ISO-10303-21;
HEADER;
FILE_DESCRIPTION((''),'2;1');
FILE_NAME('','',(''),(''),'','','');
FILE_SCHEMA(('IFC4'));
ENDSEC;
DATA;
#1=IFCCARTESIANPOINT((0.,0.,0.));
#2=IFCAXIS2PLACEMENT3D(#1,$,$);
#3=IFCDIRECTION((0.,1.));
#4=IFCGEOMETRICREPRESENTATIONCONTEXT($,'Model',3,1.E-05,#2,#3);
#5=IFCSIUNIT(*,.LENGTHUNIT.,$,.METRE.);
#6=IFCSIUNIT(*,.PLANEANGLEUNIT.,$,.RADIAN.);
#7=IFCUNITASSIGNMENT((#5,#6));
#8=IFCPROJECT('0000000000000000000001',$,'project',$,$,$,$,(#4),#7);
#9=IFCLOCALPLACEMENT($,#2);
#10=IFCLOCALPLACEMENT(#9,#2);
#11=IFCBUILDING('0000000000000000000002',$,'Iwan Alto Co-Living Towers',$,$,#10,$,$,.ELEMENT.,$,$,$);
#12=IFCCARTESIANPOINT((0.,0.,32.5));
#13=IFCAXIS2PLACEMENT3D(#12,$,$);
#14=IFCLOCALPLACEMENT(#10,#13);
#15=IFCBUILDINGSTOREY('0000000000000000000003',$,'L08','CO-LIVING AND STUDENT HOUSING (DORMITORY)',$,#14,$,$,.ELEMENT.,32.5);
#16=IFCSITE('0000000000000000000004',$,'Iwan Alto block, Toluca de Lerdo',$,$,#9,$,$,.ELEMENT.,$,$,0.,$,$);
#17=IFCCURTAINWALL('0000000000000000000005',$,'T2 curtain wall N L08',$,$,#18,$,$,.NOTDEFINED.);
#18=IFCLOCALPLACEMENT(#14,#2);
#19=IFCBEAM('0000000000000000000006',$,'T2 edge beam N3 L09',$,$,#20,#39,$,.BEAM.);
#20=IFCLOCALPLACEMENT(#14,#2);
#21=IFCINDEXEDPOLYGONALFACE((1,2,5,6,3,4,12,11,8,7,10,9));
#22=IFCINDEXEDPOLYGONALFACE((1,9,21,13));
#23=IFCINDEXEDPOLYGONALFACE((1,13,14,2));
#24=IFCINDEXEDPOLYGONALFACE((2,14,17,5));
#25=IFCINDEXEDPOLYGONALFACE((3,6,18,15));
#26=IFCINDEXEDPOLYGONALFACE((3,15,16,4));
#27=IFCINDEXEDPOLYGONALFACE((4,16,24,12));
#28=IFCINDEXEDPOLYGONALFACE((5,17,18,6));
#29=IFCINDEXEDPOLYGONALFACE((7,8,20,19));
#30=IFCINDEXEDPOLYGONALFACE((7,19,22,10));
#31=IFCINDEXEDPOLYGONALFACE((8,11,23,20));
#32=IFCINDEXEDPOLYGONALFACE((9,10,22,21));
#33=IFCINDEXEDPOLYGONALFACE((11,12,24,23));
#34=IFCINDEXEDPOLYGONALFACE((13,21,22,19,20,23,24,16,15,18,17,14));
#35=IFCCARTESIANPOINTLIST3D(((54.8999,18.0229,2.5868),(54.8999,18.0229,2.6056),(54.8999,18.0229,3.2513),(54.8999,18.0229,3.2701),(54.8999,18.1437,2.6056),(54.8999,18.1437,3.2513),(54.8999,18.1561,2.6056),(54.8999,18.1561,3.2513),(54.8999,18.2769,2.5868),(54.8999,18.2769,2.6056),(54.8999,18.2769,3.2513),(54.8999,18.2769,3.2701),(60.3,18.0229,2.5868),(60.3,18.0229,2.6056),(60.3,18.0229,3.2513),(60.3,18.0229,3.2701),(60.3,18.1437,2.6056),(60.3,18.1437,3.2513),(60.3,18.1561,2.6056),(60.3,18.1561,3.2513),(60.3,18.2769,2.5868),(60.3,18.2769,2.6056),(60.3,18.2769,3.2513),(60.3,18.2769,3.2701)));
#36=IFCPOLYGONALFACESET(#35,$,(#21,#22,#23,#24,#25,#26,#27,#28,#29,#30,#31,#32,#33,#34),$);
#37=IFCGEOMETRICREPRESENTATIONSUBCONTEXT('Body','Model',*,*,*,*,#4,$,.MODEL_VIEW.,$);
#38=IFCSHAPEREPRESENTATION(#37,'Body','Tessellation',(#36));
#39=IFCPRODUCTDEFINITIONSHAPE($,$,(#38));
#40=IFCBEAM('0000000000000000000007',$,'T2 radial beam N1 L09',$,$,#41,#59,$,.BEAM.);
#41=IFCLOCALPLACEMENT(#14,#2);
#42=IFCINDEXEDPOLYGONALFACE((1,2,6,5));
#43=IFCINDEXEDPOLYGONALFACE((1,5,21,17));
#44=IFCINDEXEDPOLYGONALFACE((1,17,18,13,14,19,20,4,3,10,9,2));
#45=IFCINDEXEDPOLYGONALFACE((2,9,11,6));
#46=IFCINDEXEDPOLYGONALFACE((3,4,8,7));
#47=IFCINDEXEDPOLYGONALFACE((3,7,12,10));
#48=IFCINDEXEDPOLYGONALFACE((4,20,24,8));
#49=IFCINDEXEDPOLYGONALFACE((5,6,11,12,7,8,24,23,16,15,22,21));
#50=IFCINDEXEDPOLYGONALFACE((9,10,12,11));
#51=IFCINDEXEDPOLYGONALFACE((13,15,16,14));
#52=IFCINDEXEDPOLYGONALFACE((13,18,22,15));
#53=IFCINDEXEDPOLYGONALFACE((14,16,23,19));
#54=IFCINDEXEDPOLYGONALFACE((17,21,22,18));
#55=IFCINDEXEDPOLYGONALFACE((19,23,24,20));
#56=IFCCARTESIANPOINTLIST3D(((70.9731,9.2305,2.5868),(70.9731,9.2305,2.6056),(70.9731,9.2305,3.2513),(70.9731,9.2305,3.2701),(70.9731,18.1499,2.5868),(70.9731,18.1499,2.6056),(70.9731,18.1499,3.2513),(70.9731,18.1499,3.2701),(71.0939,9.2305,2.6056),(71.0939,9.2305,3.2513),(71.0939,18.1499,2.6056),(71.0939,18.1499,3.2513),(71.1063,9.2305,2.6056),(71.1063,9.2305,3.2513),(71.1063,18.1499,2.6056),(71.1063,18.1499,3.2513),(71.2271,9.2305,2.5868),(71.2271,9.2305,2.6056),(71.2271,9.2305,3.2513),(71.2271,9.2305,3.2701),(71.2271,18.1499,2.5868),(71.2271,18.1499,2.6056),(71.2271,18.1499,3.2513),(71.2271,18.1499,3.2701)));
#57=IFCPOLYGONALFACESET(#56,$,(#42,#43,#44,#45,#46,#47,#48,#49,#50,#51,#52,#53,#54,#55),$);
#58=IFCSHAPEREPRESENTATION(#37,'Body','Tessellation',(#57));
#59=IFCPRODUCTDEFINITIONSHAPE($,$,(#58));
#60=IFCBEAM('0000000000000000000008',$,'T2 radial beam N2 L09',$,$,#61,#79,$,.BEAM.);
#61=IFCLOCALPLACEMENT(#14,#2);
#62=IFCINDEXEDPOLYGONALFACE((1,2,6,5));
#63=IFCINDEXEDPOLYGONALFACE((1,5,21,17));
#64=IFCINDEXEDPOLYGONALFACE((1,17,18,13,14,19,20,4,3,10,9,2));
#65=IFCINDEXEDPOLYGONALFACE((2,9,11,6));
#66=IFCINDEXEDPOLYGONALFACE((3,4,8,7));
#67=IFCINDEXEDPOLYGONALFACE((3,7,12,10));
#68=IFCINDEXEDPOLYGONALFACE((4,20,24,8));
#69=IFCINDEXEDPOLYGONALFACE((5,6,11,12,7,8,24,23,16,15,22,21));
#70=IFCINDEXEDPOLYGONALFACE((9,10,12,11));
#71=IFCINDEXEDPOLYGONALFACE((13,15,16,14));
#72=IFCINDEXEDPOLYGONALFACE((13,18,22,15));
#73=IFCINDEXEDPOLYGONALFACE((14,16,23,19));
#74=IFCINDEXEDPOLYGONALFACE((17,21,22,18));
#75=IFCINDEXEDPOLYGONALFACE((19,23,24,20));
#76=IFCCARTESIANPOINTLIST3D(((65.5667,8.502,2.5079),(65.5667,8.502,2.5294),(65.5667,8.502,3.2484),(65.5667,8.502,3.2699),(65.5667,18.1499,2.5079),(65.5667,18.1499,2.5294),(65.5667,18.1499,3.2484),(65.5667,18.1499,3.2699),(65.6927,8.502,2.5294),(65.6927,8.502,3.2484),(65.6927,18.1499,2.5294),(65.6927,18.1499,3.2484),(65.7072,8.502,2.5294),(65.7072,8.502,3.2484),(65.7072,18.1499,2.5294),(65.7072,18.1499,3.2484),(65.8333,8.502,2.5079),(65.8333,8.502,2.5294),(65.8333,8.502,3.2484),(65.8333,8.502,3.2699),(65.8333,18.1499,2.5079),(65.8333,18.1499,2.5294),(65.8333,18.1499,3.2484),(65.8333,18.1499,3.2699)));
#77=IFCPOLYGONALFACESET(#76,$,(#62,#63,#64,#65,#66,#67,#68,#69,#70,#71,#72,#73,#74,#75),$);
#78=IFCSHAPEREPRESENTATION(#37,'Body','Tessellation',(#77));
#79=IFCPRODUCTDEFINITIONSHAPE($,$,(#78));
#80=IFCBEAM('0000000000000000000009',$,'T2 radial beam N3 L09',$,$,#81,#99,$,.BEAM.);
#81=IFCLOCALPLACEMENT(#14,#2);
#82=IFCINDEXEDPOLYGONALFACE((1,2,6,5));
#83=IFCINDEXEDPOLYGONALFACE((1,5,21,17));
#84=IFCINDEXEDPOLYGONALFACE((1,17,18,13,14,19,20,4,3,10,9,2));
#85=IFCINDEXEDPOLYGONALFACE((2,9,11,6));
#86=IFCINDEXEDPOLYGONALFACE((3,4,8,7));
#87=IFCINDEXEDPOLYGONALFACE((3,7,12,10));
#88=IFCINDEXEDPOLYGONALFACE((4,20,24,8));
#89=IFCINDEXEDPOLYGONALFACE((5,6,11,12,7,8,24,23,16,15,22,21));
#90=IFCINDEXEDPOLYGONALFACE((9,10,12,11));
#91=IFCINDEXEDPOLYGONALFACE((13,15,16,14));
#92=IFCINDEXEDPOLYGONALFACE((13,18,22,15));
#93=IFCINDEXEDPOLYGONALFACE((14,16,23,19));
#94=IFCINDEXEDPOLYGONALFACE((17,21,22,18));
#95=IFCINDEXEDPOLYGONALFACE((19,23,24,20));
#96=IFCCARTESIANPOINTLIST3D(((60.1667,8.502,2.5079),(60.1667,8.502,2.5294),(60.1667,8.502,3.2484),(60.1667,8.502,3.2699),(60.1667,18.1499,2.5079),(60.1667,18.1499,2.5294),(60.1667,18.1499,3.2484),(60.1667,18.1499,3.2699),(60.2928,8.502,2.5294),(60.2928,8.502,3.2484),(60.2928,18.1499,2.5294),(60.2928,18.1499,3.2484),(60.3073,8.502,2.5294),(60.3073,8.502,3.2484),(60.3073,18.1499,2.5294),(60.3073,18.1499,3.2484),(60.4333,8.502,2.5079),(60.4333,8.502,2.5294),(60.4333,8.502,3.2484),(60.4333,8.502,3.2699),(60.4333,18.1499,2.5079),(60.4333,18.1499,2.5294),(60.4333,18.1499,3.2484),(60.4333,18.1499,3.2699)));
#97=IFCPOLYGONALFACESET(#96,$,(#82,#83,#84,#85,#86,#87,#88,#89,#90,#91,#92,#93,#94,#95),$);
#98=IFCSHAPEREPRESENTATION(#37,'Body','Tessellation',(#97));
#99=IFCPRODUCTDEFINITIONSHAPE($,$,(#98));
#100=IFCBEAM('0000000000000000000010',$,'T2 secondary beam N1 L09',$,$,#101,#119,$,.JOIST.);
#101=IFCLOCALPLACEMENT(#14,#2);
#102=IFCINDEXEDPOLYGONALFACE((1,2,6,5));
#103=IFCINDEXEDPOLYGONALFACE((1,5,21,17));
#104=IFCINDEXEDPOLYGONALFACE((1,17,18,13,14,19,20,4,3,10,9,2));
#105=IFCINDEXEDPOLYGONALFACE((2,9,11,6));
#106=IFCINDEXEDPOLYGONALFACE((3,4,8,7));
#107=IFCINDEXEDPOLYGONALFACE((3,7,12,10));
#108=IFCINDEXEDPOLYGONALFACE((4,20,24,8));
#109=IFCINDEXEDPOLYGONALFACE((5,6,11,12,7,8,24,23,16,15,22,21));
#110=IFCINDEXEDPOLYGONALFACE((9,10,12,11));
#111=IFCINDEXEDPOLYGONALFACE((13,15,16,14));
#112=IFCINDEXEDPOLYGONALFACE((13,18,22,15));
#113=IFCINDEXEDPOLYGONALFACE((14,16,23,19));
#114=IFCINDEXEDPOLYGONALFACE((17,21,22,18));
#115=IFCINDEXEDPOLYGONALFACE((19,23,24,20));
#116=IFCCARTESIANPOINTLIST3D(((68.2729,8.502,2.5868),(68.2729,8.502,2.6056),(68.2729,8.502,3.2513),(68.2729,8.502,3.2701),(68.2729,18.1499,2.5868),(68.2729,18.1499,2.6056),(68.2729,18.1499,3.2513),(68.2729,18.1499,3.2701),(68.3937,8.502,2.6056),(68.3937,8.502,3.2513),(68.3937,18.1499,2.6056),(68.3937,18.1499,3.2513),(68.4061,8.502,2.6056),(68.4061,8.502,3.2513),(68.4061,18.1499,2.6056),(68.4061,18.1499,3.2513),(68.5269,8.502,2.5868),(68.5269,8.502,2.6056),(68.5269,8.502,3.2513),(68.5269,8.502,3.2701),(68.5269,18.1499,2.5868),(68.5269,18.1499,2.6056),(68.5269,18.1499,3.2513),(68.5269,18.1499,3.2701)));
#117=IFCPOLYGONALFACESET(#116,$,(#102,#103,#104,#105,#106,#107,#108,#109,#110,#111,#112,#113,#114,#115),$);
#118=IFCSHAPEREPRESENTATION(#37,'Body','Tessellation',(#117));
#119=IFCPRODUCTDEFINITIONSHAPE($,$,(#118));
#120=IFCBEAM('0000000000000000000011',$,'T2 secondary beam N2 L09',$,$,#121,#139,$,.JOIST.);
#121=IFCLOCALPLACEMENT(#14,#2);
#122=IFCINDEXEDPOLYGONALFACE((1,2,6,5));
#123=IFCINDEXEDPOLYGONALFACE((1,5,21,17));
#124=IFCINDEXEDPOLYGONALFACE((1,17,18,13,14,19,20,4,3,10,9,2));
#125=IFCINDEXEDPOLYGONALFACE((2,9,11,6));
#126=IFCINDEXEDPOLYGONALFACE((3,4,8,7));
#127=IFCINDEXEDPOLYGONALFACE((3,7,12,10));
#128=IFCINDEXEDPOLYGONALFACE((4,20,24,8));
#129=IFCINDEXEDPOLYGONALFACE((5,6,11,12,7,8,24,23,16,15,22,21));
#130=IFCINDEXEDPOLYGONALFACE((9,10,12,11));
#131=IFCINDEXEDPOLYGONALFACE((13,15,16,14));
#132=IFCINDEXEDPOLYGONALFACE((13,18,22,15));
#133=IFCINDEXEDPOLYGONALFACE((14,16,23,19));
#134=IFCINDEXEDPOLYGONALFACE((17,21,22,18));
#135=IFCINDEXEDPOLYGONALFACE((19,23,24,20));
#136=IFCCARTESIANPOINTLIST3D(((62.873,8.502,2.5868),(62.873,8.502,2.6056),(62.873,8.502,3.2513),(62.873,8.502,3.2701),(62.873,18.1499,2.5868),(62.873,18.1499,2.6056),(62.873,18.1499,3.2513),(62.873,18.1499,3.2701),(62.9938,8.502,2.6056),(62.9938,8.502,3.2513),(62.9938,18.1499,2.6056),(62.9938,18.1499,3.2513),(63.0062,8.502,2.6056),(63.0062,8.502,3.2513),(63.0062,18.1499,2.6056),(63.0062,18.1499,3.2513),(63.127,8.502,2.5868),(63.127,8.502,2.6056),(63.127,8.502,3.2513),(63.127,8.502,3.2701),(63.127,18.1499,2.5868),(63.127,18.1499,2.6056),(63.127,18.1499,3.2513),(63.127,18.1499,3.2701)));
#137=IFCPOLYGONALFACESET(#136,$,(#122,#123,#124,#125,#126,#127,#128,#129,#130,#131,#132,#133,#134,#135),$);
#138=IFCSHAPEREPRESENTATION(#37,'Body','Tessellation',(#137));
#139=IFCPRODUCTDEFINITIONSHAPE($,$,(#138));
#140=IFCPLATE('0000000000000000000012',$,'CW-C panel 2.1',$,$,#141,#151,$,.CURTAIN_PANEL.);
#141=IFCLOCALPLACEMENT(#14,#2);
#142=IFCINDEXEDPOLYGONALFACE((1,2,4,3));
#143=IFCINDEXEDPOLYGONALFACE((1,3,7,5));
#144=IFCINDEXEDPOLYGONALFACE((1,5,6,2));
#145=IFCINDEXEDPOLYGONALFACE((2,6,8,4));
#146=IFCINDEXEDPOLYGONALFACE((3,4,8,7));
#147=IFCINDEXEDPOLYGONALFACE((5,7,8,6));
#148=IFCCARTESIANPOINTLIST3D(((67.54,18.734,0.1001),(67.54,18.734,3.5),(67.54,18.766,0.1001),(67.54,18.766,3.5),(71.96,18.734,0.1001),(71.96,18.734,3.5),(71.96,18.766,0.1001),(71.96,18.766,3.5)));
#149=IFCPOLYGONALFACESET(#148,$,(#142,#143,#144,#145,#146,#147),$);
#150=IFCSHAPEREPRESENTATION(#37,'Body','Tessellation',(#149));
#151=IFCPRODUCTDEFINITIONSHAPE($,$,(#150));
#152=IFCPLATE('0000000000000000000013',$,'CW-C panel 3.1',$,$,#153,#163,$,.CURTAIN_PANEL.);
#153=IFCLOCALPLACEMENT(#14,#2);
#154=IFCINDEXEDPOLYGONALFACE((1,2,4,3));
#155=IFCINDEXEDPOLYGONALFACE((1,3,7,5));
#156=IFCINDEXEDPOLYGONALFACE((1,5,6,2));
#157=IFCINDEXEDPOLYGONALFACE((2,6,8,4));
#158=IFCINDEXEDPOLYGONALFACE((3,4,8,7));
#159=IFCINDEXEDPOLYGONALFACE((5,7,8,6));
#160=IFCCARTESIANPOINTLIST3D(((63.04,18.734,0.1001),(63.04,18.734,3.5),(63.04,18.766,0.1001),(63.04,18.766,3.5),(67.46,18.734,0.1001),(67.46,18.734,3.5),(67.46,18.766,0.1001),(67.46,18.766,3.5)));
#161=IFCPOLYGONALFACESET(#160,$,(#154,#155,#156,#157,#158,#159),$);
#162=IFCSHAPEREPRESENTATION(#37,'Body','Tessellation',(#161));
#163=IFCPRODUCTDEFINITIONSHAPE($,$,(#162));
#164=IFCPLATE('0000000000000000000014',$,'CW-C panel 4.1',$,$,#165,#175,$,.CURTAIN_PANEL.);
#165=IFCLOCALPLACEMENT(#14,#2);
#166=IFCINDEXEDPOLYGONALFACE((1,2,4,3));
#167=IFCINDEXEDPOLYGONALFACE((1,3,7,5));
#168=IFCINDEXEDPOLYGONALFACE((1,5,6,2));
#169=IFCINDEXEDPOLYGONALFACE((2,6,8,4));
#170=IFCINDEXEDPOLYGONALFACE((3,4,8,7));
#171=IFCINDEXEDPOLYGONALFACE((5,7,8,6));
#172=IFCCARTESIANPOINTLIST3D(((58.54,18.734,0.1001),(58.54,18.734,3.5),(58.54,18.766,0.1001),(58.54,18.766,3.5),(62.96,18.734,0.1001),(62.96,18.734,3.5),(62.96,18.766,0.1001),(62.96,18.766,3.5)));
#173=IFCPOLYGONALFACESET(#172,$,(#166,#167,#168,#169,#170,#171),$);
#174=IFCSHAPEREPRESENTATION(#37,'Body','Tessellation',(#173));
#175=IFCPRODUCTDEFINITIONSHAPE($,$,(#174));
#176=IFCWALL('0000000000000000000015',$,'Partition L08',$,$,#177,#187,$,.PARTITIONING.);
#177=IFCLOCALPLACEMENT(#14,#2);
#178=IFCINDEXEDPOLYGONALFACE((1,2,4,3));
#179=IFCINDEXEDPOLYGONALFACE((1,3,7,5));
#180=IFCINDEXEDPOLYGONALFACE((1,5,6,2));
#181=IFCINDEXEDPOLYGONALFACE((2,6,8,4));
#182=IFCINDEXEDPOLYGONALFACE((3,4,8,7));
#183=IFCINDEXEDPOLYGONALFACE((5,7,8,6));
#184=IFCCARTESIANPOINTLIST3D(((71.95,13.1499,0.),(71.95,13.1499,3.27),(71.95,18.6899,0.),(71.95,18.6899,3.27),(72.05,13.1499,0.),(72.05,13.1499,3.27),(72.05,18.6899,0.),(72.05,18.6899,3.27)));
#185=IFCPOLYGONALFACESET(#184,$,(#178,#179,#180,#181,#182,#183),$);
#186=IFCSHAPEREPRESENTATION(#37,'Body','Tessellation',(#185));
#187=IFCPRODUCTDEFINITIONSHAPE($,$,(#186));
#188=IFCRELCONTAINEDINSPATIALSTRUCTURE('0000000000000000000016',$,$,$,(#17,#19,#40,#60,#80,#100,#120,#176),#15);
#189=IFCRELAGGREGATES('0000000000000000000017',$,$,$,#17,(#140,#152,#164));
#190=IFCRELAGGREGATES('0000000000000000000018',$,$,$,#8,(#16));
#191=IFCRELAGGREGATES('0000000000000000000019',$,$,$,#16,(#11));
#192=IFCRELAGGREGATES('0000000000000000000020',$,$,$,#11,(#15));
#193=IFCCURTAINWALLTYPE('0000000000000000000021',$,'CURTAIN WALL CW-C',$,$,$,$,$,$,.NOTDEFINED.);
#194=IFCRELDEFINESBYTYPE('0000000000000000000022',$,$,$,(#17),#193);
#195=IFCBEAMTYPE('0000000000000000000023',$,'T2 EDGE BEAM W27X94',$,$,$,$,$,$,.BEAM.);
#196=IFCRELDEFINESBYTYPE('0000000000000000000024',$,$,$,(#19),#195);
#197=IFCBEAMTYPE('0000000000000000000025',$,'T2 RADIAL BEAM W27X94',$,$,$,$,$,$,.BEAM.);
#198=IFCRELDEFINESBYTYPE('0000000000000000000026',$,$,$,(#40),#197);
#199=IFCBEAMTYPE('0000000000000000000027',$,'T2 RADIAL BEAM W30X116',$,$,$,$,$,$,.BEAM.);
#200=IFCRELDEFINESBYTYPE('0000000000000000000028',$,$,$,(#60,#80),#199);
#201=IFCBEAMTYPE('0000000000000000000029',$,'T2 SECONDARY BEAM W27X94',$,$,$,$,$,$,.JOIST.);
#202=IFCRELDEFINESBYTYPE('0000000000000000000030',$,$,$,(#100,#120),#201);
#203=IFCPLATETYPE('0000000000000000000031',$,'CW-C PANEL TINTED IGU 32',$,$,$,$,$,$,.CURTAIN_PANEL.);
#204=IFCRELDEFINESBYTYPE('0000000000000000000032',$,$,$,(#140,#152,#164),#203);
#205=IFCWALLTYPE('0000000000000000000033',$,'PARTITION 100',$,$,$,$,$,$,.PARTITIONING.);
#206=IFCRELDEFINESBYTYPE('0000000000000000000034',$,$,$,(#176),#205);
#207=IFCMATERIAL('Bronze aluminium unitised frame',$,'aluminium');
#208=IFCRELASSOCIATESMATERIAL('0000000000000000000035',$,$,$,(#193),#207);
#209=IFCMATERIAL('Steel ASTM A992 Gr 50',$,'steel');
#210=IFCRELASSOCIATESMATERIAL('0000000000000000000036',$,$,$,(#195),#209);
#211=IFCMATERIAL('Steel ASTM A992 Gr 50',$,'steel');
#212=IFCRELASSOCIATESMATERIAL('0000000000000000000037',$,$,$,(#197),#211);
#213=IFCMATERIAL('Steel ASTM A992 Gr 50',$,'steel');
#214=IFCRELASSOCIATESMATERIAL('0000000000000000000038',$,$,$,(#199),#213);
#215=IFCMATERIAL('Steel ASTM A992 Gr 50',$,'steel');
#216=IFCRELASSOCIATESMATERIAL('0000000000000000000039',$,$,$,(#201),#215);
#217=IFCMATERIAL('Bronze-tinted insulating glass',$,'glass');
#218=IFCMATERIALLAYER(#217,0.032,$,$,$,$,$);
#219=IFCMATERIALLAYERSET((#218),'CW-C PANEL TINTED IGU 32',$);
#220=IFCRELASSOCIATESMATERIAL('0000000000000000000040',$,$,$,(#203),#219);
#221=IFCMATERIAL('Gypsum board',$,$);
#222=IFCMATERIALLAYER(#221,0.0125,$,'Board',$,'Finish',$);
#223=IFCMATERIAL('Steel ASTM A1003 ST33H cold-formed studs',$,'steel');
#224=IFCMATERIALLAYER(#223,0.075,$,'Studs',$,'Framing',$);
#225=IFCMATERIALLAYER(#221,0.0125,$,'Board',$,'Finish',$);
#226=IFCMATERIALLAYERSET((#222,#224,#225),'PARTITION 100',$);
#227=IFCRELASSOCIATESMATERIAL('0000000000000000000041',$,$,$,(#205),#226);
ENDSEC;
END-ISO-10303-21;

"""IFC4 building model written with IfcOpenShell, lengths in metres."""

from ifc_helpers import new_model, si_unit, direction, frame, frame_2d, origin, origin_2d, place, context, subcontext, project, spatial, rectangle, i_section, extrude, material, layer, layer_set, material_profile, profile_set, type_object, element, aggregate, save


model = new_model("IFC4")

# Units and contexts
model_context = context("Model", 3, precision=1e-05, world=origin(), true_north=direction((0.0, 1.0)))
body_context = subcontext(model_context, "Body", "Model", "MODEL_VIEW")
ifc_project = project(units=[si_unit("LENGTHUNIT", "METRE"), si_unit("PLANEANGLEUNIT", "RADIAN")], contexts=[model_context])

# Site, building, storey
site_placement = place(None, origin())
site = spatial("IfcSite", under=ifc_project, at=site_placement, Name="Iwan Alto block, Toluca de Lerdo", CompositionType="ELEMENT", RefElevation=0.0)
building_placement = place(site_placement, origin())
building = spatial("IfcBuilding", under=site, at=building_placement, Name="Iwan Alto Co-Living Towers", CompositionType="ELEMENT")
storey_placement = place(building_placement, frame((0.0, 0.0, 32.5)))
storey = spatial("IfcBuildingStorey", under=building, at=storey_placement, Name="L08", Description="CO-LIVING AND STUDENT HOUSING (DORMITORY)", CompositionType="ELEMENT", Elevation=32.5)

# Curtain wall
ifc_material_1 = material(Name="Bronze aluminium unitised frame", Category="aluminium")
curtain_wall_type = type_object("IfcCurtainWallType", Name="CURTAIN WALL CW-C", PredefinedType="NOTDEFINED", material=ifc_material_1)
curtain_wall_placement = place(storey_placement, origin())
curtain_wall = element("IfcCurtainWall", 1, at=curtain_wall_placement, inside=storey, type_object=curtain_wall_type, Name="T2 curtain wall N L08", PredefinedType="NOTDEFINED")

# Beams
ifc_material_2 = material(Name="Steel ASTM A992 Gr 50", Category="steel")
ifc_material_profile_1 = material_profile(ifc_material_2, i_section(OverallWidth=0.2539, OverallDepth=0.6833, WebThickness=0.0125, FlangeThickness=0.0188, at=origin_2d()), Name="W27X94")
ifc_profile_set_1 = profile_set([ifc_material_profile_1], Name="Steel ASTM A992 Gr 50")
beam_type_1 = type_object("IfcBeamType", Name="T2 EDGE BEAM W27X94", PredefinedType="BEAM", material=ifc_profile_set_1)
beam_1_placement = place(storey_placement, frame((60.3, 18.1499, 2.9285), z_axis=(-1.0, 0.0, 0.0), x_axis=(0.0, -1.0, 0.0)))
element("IfcBeam", 2, at=beam_1_placement, inside=storey, type_object=beam_type_1, Name="T2 edge beam N3 L09", PredefinedType="BEAM", context=body_context, shape_type="SweptSolid", body=[
    extrude(i_section(OverallWidth=0.2539, OverallDepth=0.6833, WebThickness=0.0125, FlangeThickness=0.0188, at=origin_2d()), origin(), (0.0, 0.0, 1.0), 5.4001),
])
ifc_material_3 = material(Name="Steel ASTM A992 Gr 50", Category="steel")
ifc_material_profile_2 = material_profile(ifc_material_3, i_section(OverallWidth=0.2539, OverallDepth=0.6833, WebThickness=0.0125, FlangeThickness=0.0188, at=origin_2d()), Name="W27X94")
ifc_profile_set_2 = profile_set([ifc_material_profile_2], Name="Steel ASTM A992 Gr 50")
beam_type_2 = type_object("IfcBeamType", Name="T2 RADIAL BEAM W27X94", PredefinedType="BEAM", material=ifc_profile_set_2)
beam_2_placement = place(storey_placement, frame((71.1001, 18.1499, 2.9285), z_axis=(0.0, -1.0, 0.0), x_axis=(1.0, 0.0, 0.0)))
element("IfcBeam", 3, at=beam_2_placement, inside=storey, type_object=beam_type_2, Name="T2 radial beam N1 L09", PredefinedType="BEAM", context=body_context, shape_type="SweptSolid", body=[
    extrude(i_section(OverallWidth=0.2539, OverallDepth=0.6833, WebThickness=0.0125, FlangeThickness=0.0188, at=origin_2d()), origin(), (0.0, 0.0, 1.0), 8.9194),
])
ifc_material_4 = material(Name="Steel ASTM A992 Gr 50", Category="steel")
ifc_material_profile_3 = material_profile(ifc_material_4, i_section(OverallWidth=0.2666, OverallDepth=0.762, WebThickness=0.0144, FlangeThickness=0.0215, at=origin_2d()), Name="W30X116")
ifc_profile_set_3 = profile_set([ifc_material_profile_3], Name="Steel ASTM A992 Gr 50")
beam_type_3 = type_object("IfcBeamType", Name="T2 RADIAL BEAM W30X116", PredefinedType="BEAM", material=ifc_profile_set_3)
for number, where, z_axis, x_axis, name in (
    (4, (65.7, 18.1499, 2.8889), (0.0, -1.0, 0.0), (1.0, 0.0, 0.0), "T2 radial beam N2 L09"),
    (5, (60.3, 18.1499, 2.8889), (0.0, -1.0, 0.0), (1.0, 0.0, 0.0), "T2 radial beam N3 L09"),
):
    element("IfcBeam", number, at=place(storey_placement, frame(where, z_axis=z_axis, x_axis=x_axis)), inside=storey, type_object=beam_type_3, Name=name, PredefinedType="BEAM", context=body_context, shape_type="SweptSolid", body=[
        extrude(i_section(OverallWidth=0.2666, OverallDepth=0.762, WebThickness=0.0144, FlangeThickness=0.0215, at=origin_2d()), origin(), (0.0, 0.0, 1.0), 9.6479),
    ])
ifc_material_5 = material(Name="Steel ASTM A992 Gr 50", Category="steel")
ifc_material_profile_4 = material_profile(ifc_material_5, i_section(OverallWidth=0.2539, OverallDepth=0.6833, WebThickness=0.0125, FlangeThickness=0.0188, at=origin_2d()), Name="W27X94")
ifc_profile_set_4 = profile_set([ifc_material_profile_4], Name="Steel ASTM A992 Gr 50")
beam_type_4 = type_object("IfcBeamType", Name="T2 SECONDARY BEAM W27X94", PredefinedType="JOIST", material=ifc_profile_set_4)
for number, where, z_axis, x_axis, name in (
    (6, (68.3999, 18.1499, 2.9285), (0.0, -1.0, 0.0), (1.0, 0.0, 0.0), "T2 secondary beam N1 L09"),
    (7, (63.0, 18.1499, 2.9285), (0.0, -1.0, 0.0), (1.0, 0.0, 0.0), "T2 secondary beam N2 L09"),
):
    element("IfcBeam", number, at=place(storey_placement, frame(where, z_axis=z_axis, x_axis=x_axis)), inside=storey, type_object=beam_type_4, Name=name, PredefinedType="JOIST", context=body_context, shape_type="SweptSolid", body=[
        extrude(i_section(OverallWidth=0.2539, OverallDepth=0.6833, WebThickness=0.0125, FlangeThickness=0.0188, at=origin_2d()), origin(), (0.0, 0.0, 1.0), 9.6479),
    ])

# Plates
ifc_material_6 = material(Name="Bronze-tinted insulating glass", Category="glass")
ifc_layer_1 = layer(ifc_material_6, 0.032)
ifc_layer_set_1 = layer_set([ifc_layer_1], Name="CW-C PANEL TINTED IGU 32")
plate_type = type_object("IfcPlateType", Name="CW-C PANEL TINTED IGU 32", PredefinedType="CURTAIN_PANEL", material=ifc_layer_set_1)
plate_1_placement = place(storey_placement, frame((69.75, 18.75, 0.1001), z_axis=(0.0, 0.0, 1.0), x_axis=(-1.0, 0.0, 0.0)))
plate_1 = element("IfcPlate", 8, at=plate_1_placement, type_object=plate_type, Name="CW-C panel 2.1", PredefinedType="CURTAIN_PANEL", context=body_context, shape_type="SweptSolid", body=[
    extrude(rectangle(XDim=4.4199, YDim=0.032, at=origin_2d()), origin(), (0.0, 0.0, 1.0), 3.3999),
])
plate_2_placement = place(storey_placement, frame((65.25, 18.75, 0.1001), z_axis=(0.0, 0.0, 1.0), x_axis=(-1.0, 0.0, 0.0)))
plate_2 = element("IfcPlate", 9, at=plate_2_placement, type_object=plate_type, Name="CW-C panel 3.1", PredefinedType="CURTAIN_PANEL", context=body_context, shape_type="SweptSolid", body=[
    extrude(rectangle(XDim=4.4199, YDim=0.032, at=origin_2d()), origin(), (0.0, 0.0, 1.0), 3.3999),
])
plate_3_placement = place(storey_placement, frame((60.75, 18.75, 0.1001), z_axis=(0.0, 0.0, 1.0), x_axis=(-1.0, 0.0, 0.0)))
plate_3 = element("IfcPlate", 10, at=plate_3_placement, type_object=plate_type, Name="CW-C panel 4.1", PredefinedType="CURTAIN_PANEL", context=body_context, shape_type="SweptSolid", body=[
    extrude(rectangle(XDim=4.4199, YDim=0.032, at=origin_2d()), origin(), (0.0, 0.0, 1.0), 3.3999),
])
aggregate(curtain_wall, [plate_1, plate_2, plate_3])

# Wall
ifc_material_7 = material(Name="Gypsum board")
ifc_layer_2 = layer(ifc_material_7, 0.0125, Name="Board", Category="Finish")
ifc_material_8 = material(Name="Steel ASTM A1003 ST33H cold-formed studs", Category="steel")
ifc_layer_3 = layer(ifc_material_8, 0.075, Name="Studs", Category="Framing")
ifc_layer_4 = layer(ifc_material_7, 0.0125, Name="Board", Category="Finish")
ifc_layer_set_2 = layer_set([ifc_layer_2, ifc_layer_3, ifc_layer_4], Name="PARTITION 100")
wall_type_1 = type_object("IfcWallType", Name="PARTITION 100", PredefinedType="PARTITIONING", material=ifc_layer_set_2)
wall_1_placement = place(storey_placement, frame((72.0, 13.1499, 0.0), z_axis=(0.0, 0.0, 1.0), x_axis=(0.0, 1.0, 0.0)))
element("IfcWall", 11, at=wall_1_placement, inside=storey, type_object=wall_type_1, Name="Partition L08", PredefinedType="PARTITIONING", context=body_context, shape_type="SweptSolid", body=[
    extrude(rectangle(XDim=5.54, YDim=0.1001, at=frame_2d((2.77, 0.0))), origin(), (0.0, 0.0, 1.0), 3.27),
])

save(model, "model.ifc")
